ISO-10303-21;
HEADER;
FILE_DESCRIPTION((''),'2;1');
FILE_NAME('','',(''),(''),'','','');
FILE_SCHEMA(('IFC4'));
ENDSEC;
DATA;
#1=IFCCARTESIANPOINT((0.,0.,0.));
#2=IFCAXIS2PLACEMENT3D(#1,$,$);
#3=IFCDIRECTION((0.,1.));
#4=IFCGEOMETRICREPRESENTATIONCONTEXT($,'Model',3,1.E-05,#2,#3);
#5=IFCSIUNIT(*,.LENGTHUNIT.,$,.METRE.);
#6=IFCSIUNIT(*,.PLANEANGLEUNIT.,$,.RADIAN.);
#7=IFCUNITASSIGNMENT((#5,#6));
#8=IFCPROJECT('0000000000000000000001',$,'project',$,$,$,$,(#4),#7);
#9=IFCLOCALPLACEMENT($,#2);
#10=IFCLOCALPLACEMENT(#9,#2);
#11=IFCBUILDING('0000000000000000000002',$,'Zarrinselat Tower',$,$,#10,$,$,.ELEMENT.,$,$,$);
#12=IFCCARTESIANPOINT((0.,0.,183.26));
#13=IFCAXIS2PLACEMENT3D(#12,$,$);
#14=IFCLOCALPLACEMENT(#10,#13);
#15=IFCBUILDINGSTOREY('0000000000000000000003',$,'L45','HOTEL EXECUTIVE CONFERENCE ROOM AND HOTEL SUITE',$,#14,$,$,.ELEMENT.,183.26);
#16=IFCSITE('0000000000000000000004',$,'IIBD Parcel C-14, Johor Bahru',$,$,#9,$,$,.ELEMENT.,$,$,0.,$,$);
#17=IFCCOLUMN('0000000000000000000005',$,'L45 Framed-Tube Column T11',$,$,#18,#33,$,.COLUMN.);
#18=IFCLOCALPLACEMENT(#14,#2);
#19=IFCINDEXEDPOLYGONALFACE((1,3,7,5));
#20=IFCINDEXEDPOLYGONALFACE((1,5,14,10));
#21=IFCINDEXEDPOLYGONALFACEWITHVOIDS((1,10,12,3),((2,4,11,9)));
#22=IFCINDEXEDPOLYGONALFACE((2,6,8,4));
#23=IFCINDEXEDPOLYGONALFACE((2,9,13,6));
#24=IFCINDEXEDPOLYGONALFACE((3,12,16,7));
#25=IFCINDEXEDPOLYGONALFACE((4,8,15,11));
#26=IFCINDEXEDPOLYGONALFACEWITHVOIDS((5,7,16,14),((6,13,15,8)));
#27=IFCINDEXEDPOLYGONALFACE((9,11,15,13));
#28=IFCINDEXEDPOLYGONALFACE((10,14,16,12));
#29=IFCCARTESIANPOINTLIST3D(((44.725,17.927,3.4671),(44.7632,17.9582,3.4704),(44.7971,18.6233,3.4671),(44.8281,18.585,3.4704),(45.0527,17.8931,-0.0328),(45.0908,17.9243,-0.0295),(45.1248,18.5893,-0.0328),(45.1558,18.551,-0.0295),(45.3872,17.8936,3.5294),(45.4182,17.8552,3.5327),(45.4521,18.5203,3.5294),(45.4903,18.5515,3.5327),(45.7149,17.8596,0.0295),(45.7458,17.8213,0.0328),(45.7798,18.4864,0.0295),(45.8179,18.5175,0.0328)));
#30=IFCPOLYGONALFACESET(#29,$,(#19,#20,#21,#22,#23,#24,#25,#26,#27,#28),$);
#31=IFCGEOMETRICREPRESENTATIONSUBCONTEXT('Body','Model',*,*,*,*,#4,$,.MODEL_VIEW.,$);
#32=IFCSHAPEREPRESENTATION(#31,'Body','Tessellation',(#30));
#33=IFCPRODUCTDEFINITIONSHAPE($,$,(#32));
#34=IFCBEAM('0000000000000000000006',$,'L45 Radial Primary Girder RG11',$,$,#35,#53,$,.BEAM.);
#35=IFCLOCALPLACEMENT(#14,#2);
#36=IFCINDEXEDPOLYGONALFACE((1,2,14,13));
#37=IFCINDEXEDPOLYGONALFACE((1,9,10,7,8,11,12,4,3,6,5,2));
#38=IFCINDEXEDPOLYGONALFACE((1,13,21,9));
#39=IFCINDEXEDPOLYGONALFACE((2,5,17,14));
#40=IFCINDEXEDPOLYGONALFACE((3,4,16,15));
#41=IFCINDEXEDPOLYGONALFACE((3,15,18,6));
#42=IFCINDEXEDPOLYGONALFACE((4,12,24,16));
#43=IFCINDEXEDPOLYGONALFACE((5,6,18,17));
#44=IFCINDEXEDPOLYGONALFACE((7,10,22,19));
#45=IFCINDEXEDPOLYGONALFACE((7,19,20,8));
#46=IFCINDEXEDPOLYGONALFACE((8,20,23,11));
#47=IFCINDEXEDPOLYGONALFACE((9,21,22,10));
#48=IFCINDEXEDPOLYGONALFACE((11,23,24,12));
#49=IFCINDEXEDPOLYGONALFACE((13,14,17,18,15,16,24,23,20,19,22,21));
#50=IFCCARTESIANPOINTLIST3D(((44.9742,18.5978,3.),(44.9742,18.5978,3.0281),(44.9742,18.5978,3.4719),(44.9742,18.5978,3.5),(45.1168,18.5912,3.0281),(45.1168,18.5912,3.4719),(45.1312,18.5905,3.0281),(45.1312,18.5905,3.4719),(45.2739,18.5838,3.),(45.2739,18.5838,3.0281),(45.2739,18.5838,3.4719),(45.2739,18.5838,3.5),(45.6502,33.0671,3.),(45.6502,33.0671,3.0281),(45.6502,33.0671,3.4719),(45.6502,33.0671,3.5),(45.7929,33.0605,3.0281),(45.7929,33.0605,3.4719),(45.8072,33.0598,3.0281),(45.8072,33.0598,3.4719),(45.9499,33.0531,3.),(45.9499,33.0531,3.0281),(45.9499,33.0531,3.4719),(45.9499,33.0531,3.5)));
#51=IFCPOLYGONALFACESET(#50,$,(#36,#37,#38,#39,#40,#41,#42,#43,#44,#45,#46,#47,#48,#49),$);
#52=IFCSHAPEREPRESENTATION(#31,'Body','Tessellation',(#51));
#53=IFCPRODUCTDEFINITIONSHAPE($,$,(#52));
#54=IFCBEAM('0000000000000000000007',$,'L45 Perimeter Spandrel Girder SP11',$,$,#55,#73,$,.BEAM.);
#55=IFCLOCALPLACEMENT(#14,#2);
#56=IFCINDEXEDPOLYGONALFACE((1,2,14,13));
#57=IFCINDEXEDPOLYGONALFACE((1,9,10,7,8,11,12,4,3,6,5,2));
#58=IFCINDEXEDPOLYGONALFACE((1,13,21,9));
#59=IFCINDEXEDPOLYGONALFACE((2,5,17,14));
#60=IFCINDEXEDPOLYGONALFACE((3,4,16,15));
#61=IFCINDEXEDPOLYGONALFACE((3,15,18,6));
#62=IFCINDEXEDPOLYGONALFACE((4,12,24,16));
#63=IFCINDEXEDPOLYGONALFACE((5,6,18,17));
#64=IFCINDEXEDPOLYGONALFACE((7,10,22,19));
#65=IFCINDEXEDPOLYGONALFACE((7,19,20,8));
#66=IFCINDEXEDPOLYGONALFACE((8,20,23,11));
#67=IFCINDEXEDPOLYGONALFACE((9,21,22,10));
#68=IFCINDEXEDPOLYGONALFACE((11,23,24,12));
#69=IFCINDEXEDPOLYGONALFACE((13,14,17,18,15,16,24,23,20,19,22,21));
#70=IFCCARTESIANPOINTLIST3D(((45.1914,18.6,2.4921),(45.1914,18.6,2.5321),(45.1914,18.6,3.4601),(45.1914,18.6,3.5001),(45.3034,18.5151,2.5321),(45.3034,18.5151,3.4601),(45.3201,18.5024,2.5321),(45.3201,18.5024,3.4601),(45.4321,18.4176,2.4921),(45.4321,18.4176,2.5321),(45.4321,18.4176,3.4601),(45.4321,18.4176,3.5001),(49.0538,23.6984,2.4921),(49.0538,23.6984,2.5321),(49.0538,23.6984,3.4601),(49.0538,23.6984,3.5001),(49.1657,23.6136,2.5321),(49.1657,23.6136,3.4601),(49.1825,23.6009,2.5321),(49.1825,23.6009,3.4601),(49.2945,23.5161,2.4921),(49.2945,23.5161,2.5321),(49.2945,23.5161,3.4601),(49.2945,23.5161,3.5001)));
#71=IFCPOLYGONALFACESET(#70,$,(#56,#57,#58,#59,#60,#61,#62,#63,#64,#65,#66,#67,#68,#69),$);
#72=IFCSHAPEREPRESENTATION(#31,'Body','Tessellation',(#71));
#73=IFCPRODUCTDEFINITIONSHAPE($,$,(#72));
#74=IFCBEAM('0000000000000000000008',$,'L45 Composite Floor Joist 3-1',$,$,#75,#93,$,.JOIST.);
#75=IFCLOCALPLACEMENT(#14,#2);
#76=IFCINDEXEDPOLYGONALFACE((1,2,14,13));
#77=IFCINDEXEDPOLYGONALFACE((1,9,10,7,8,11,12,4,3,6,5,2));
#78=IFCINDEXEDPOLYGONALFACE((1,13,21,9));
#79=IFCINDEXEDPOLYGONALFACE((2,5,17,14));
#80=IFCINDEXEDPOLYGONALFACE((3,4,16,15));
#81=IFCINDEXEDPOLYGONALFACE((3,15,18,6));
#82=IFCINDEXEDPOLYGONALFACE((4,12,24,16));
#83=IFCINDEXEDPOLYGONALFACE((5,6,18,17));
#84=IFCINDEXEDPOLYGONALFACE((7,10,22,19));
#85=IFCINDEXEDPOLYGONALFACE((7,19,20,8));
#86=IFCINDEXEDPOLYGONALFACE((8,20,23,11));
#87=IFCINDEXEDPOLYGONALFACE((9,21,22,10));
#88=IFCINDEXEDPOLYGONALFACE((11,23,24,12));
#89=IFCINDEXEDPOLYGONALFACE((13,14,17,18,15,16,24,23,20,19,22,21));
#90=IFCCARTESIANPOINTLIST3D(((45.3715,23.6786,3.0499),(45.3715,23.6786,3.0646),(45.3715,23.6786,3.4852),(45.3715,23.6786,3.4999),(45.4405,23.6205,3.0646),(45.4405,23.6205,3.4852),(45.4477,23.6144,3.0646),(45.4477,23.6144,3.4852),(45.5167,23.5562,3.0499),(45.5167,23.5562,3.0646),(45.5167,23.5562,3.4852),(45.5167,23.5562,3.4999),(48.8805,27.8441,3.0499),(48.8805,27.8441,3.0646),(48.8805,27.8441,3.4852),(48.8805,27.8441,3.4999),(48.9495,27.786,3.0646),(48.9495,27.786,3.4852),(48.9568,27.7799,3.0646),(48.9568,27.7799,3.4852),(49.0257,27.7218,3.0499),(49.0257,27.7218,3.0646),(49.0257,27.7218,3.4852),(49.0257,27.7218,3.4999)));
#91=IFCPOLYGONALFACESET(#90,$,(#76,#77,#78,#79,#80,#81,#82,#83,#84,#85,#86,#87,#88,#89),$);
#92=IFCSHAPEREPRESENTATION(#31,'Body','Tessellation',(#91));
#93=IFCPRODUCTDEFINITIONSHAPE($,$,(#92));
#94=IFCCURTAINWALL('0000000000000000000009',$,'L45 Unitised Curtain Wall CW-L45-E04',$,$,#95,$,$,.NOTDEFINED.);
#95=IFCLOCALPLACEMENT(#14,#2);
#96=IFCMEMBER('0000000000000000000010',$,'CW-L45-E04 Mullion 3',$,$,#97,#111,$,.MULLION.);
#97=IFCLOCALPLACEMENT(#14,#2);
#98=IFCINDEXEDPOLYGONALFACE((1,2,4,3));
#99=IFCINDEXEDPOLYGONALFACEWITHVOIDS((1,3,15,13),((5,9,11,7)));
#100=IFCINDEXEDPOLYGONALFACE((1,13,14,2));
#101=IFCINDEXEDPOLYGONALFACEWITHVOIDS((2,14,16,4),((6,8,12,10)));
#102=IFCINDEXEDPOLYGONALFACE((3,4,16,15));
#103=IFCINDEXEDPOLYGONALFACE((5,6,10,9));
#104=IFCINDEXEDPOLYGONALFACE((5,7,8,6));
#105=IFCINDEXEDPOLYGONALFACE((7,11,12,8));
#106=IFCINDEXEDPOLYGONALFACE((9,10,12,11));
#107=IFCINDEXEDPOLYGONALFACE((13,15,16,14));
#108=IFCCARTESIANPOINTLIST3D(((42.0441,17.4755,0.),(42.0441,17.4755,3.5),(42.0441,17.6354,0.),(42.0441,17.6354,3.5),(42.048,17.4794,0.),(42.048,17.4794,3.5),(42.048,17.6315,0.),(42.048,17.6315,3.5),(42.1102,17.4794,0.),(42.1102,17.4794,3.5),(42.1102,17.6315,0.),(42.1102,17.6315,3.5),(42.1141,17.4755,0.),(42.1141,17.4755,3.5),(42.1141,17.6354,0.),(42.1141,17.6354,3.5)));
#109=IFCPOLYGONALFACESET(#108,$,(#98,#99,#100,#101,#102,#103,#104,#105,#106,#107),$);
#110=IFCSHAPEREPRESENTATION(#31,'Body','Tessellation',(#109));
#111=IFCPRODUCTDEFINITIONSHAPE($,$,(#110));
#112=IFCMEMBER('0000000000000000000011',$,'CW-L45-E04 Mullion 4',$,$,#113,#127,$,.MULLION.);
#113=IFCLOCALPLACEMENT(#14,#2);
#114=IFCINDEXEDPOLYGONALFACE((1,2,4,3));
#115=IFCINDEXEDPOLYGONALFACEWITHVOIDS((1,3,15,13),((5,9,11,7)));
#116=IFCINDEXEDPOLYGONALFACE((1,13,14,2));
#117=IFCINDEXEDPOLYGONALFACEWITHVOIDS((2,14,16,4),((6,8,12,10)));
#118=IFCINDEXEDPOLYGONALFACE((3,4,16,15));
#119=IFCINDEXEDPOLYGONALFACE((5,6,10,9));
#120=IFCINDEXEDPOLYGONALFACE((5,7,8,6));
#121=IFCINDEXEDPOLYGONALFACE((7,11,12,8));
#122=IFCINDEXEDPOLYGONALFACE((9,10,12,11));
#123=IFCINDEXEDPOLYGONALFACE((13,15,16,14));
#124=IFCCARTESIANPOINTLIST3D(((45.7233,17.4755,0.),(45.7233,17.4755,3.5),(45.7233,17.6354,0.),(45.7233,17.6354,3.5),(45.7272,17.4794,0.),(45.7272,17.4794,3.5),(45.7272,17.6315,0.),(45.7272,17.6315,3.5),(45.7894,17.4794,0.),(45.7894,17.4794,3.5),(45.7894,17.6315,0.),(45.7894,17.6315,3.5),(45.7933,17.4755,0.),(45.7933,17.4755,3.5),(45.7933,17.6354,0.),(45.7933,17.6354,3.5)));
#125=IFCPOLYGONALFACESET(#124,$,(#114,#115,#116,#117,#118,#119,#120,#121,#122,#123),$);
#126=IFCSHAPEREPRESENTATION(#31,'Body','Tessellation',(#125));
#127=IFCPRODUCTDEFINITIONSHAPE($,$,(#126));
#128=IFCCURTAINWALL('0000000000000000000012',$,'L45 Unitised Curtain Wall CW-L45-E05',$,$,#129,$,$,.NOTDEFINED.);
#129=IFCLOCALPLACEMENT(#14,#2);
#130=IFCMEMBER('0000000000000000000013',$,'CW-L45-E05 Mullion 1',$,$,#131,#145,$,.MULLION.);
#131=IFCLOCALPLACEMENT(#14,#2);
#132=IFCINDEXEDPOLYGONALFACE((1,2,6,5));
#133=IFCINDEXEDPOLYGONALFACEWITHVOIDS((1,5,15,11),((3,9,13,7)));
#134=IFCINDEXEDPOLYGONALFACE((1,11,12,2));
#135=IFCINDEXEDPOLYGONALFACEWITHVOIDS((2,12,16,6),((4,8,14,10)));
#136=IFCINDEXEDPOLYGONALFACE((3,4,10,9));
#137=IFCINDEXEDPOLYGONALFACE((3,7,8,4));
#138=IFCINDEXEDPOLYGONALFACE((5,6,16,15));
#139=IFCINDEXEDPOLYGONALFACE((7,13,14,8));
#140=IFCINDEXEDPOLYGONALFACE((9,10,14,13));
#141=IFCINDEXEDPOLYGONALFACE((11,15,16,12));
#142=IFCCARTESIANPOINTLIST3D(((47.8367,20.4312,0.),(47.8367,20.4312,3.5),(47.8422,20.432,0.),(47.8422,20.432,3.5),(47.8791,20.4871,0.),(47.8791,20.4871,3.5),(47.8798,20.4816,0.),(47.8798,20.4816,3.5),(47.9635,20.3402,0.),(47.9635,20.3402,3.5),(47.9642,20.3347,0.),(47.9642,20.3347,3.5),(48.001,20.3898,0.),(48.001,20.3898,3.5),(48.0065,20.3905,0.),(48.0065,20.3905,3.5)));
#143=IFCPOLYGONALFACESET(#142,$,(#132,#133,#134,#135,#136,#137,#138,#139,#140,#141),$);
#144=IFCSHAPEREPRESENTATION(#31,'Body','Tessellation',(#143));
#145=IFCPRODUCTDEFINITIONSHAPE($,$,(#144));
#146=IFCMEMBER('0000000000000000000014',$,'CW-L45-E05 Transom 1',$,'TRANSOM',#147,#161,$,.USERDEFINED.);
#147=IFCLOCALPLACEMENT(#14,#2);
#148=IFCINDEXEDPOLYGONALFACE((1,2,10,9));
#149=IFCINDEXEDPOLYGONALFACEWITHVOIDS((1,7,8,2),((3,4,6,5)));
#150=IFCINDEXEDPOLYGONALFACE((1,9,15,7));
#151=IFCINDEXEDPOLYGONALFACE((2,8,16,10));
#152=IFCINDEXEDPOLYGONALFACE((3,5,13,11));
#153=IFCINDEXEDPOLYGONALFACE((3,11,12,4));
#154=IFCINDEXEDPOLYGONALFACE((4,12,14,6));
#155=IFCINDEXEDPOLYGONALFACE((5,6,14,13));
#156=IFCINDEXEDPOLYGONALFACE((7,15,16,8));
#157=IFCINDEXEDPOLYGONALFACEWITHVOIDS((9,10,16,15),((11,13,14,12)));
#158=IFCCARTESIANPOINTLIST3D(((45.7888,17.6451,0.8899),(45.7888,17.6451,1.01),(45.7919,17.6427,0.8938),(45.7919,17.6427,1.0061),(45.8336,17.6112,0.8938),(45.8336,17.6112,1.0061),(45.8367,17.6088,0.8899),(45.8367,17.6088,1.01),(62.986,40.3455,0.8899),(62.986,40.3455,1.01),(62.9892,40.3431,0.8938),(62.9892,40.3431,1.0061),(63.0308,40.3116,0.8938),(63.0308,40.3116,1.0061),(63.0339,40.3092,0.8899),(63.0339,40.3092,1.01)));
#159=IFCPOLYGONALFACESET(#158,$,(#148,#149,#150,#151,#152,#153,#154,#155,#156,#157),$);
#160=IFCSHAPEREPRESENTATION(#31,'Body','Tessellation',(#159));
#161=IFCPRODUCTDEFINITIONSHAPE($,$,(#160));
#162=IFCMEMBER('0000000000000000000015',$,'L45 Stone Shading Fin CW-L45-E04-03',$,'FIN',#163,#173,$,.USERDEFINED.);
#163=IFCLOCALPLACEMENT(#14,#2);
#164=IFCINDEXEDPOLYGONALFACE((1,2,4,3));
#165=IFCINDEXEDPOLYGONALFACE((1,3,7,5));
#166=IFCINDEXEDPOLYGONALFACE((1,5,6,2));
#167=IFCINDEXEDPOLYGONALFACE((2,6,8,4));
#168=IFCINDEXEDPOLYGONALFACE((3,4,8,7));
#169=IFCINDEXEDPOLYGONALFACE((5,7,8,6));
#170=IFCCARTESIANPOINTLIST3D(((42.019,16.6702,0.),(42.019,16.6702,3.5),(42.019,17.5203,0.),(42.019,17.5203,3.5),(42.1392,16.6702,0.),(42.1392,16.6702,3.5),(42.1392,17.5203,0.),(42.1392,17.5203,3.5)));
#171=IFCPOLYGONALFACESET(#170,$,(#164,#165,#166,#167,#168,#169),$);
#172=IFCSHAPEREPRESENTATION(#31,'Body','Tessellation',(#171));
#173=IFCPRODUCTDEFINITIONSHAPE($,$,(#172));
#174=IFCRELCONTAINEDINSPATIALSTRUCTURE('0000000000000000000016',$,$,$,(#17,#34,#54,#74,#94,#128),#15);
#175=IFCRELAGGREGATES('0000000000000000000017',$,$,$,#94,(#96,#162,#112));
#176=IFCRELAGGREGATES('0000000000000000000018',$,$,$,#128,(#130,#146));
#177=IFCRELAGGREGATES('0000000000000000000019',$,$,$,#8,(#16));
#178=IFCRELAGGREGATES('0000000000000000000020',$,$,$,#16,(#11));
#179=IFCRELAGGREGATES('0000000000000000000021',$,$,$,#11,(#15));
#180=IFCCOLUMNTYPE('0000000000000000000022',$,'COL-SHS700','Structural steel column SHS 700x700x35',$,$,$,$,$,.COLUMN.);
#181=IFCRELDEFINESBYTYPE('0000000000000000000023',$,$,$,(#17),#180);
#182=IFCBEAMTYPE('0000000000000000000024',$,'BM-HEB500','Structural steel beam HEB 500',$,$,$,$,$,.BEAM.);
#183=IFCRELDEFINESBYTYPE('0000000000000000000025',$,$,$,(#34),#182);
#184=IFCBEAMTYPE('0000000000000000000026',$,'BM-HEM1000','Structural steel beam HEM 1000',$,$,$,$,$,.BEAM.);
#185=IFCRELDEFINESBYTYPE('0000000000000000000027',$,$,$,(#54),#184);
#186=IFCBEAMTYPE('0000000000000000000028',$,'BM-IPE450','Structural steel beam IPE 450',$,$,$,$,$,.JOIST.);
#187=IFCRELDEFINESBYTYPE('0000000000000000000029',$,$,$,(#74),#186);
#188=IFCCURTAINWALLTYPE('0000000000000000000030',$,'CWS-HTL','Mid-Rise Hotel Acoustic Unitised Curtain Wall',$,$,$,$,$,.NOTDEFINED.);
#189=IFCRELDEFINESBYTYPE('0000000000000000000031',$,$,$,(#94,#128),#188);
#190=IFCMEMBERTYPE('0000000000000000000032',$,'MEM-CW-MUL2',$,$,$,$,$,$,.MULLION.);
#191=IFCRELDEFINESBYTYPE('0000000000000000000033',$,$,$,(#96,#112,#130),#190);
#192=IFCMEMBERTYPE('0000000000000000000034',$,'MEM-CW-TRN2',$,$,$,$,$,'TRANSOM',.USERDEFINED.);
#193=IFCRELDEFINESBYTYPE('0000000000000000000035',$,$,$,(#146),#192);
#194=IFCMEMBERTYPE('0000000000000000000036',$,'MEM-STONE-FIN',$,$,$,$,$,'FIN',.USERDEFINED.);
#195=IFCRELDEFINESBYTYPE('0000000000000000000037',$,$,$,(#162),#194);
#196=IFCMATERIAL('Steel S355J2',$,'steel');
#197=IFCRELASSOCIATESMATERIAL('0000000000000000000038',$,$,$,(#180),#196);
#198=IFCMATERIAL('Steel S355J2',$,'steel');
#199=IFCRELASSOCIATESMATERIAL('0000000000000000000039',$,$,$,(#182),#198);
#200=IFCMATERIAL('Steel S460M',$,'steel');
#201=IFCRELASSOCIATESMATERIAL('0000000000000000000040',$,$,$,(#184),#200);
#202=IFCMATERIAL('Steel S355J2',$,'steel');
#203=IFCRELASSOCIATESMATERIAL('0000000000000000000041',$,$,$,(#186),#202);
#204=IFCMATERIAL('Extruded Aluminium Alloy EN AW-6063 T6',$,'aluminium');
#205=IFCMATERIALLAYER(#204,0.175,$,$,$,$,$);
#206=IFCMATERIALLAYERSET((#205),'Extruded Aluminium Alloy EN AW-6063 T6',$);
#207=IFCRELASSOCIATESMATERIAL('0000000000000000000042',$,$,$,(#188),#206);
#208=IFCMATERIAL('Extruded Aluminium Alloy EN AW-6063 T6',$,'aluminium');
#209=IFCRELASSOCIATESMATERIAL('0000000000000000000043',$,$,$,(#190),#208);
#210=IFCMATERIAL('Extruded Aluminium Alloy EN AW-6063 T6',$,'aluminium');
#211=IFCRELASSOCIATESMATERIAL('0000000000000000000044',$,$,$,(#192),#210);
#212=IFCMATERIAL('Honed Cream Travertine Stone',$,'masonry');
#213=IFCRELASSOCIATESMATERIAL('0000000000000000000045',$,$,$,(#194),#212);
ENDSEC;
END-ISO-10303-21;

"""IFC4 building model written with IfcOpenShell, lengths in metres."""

from ifc_helpers import new_model, si_unit, direction, frame, origin, origin_2d, place, context, subcontext, project, spatial, rectangle, hollow_rectangle, i_section, extrude, material, layer, layer_set, material_profile, profile_set, type_object, element, aggregate, save


model = new_model("IFC4")

# Units and contexts
model_context = context("Model", 3, precision=1e-05, world=origin(), true_north=direction((0.0, 1.0)))
body_context = subcontext(model_context, "Body", "Model", "MODEL_VIEW")
ifc_project = project(units=[si_unit("LENGTHUNIT", "METRE"), si_unit("PLANEANGLEUNIT", "RADIAN")], contexts=[model_context])

# Site, building, storey
site_placement = place(None, origin())
site = spatial("IfcSite", under=ifc_project, at=site_placement, Name="IIBD Parcel C-14, Johor Bahru", CompositionType="ELEMENT", RefElevation=0.0)
building_placement = place(site_placement, origin())
building = spatial("IfcBuilding", under=site, at=building_placement, Name="Zarrinselat Tower", CompositionType="ELEMENT")
storey_placement = place(building_placement, frame((0.0, 0.0, 183.26)))
storey = spatial("IfcBuildingStorey", under=building, at=storey_placement, Name="L45", Description="HOTEL EXECUTIVE CONFERENCE ROOM AND HOTEL SUITE", CompositionType="ELEMENT", Elevation=183.26)

# Column
ifc_material_1 = material(Name="Steel S355J2", Category="steel")
ifc_material_profile_1 = material_profile(ifc_material_1, hollow_rectangle(XDim=0.7, YDim=0.7, WallThickness=0.0349, at=origin_2d()), Name="SHS 700x700x35")
ifc_profile_set_1 = profile_set([ifc_material_profile_1], Name="Steel S355J2")
column_type = type_object("IfcColumnType", Name="COL-SHS700", Description="Structural steel column SHS 700x700x35", PredefinedType="COLUMN", material=ifc_profile_set_1)
column_placement = place(storey_placement, frame((45.4353, 18.2053, 0.0), z_axis=(-0.093199, 0.009653, 0.995601), x_axis=(-0.103026, -0.994679, 0.0)))
element("IfcColumn", 1, at=column_placement, inside=storey, type_object=column_type, Name="L45 Framed-Tube Column T11", PredefinedType="COLUMN", context=body_context, shape_type="SweptSolid", body=[
    extrude(hollow_rectangle(XDim=0.7, YDim=0.7, WallThickness=0.0349, at=origin_2d()), origin(), (0.0, 0.0, 1.0), 3.5154),
])

# Beams
ifc_material_2 = material(Name="Steel S355J2", Category="steel")
ifc_material_profile_2 = material_profile(ifc_material_2, i_section(OverallWidth=0.3, OverallDepth=0.5, WebThickness=0.0144, FlangeThickness=0.0281, at=origin_2d()), Name="HEB 500")
ifc_profile_set_2 = profile_set([ifc_material_profile_2], Name="Steel S355J2")
beam_type_1 = type_object("IfcBeamType", Name="BM-HEB500", Description="Structural steel beam HEB 500", PredefinedType="BEAM", material=ifc_profile_set_2)
beam_1_placement = place(storey_placement, frame((45.124, 18.5908, 3.25), z_axis=(0.046671, 0.99891, 0.0), x_axis=(-0.99891, 0.046671, 0.0)))
element("IfcBeam", 2, at=beam_1_placement, inside=storey, type_object=beam_type_1, Name="L45 Radial Primary Girder RG11", PredefinedType="BEAM", context=body_context, shape_type="SweptSolid", body=[
    extrude(i_section(OverallWidth=0.3, OverallDepth=0.5, WebThickness=0.0144, FlangeThickness=0.0281, at=origin_2d()), origin(), (0.0, 0.0, 1.0), 14.4851),
])
ifc_material_3 = material(Name="Steel S460M", Category="steel")
ifc_material_profile_3 = material_profile(ifc_material_3, i_section(OverallWidth=0.302, OverallDepth=1.0081, WebThickness=0.021, FlangeThickness=0.04, at=origin_2d()), Name="HEM 1000")
ifc_profile_set_3 = profile_set([ifc_material_profile_3], Name="Steel S460M")
beam_type_2 = type_object("IfcBeamType", Name="BM-HEM1000", Description="Structural steel beam HEM 1000", PredefinedType="BEAM", material=ifc_profile_set_3)
beam_2_placement = place(storey_placement, frame((45.3118, 18.5088, 2.9961), z_axis=(0.603847, 0.7971, 0.0), x_axis=(-0.7971, 0.603847, 0.0)))
element("IfcBeam", 3, at=beam_2_placement, inside=storey, type_object=beam_type_2, Name="L45 Perimeter Spandrel Girder SP11", PredefinedType="BEAM", context=body_context, shape_type="SweptSolid", body=[
    extrude(i_section(OverallWidth=0.302, OverallDepth=1.0081, WebThickness=0.021, FlangeThickness=0.04, at=origin_2d()), origin(), (0.0, 0.0, 1.0), 6.3962),
])
ifc_material_4 = material(Name="Steel S355J2", Category="steel")
ifc_material_profile_4 = material_profile(ifc_material_4, i_section(OverallWidth=0.1899, OverallDepth=0.45, WebThickness=0.0095, FlangeThickness=0.0146, at=origin_2d()), Name="IPE 450")
ifc_profile_set_4 = profile_set([ifc_material_profile_4], Name="Steel S355J2")
beam_type_3 = type_object("IfcBeamType", Name="BM-IPE450", Description="Structural steel beam IPE 450", PredefinedType="JOIST", material=ifc_profile_set_4)
beam_3_placement = place(storey_placement, frame((45.4441, 23.6174, 3.2749), z_axis=(0.644267, 0.764801, 0.0), x_axis=(-0.764801, 0.644267, 0.0)))
element("IfcBeam", 4, at=beam_3_placement, inside=storey, type_object=beam_type_3, Name="L45 Composite Floor Joist 3-1", PredefinedType="JOIST", context=body_context, shape_type="SweptSolid", body=[
    extrude(i_section(OverallWidth=0.1899, OverallDepth=0.45, WebThickness=0.0095, FlangeThickness=0.0146, at=origin_2d()), origin(), (0.0, 0.0, 1.0), 5.4465),
])

# Curtain walls, members
ifc_material_5 = material(Name="Extruded Aluminium Alloy EN AW-6063 T6", Category="aluminium")
ifc_layer_1 = layer(ifc_material_5, 0.175)
ifc_layer_set_1 = layer_set([ifc_layer_1], Name="Extruded Aluminium Alloy EN AW-6063 T6")
curtain_wall_type = type_object("IfcCurtainWallType", Name="CWS-HTL", Description="Mid-Rise Hotel Acoustic Unitised Curtain Wall", PredefinedType="NOTDEFINED", material=ifc_layer_set_1)
curtain_wall_1_placement = place(storey_placement, origin())
curtain_wall_1 = element("IfcCurtainWall", 5, at=curtain_wall_1_placement, inside=storey, type_object=curtain_wall_type, Name="L45 Unitised Curtain Wall CW-L45-E04", PredefinedType="NOTDEFINED")
ifc_material_6 = material(Name="Extruded Aluminium Alloy EN AW-6063 T6", Category="aluminium")
ifc_material_profile_5 = material_profile(ifc_material_6, hollow_rectangle(XDim=0.0701, YDim=0.1599, WallThickness=0.0039, at=origin_2d()), Name="RHS 160x70x4")
ifc_profile_set_5 = profile_set([ifc_material_profile_5], Name="Extruded Aluminium Alloy EN AW-6063 T6")
member_type_1 = type_object("IfcMemberType", Name="MEM-CW-MUL2", PredefinedType="MULLION", material=ifc_profile_set_5)
member_1_placement = place(storey_placement, frame((42.0791, 17.5554, 0.0), z_axis=(0.0, 0.0, 1.0), x_axis=(1.0, 0.0, 0.0)))
member_1 = element("IfcMember", 6, at=member_1_placement, type_object=member_type_1, Name="CW-L45-E04 Mullion 3", PredefinedType="MULLION", context=body_context, shape_type="SweptSolid", body=[
    extrude(hollow_rectangle(XDim=0.0701, YDim=0.1599, WallThickness=0.0039, at=origin_2d()), origin(), (0.0, 0.0, 1.0), 3.5),
])
member_2_placement = place(storey_placement, frame((45.7583, 17.5554, 0.0), z_axis=(0.0, 0.0, 1.0), x_axis=(1.0, 0.0, 0.0)))
member_2 = element("IfcMember", 7, at=member_2_placement, type_object=member_type_1, Name="CW-L45-E04 Mullion 4", PredefinedType="MULLION", context=body_context, shape_type="SweptSolid", body=[
    extrude(hollow_rectangle(XDim=0.0701, YDim=0.1599, WallThickness=0.0039, at=origin_2d()), origin(), (0.0, 0.0, 1.0), 3.5),
])
curtain_wall_2_placement = place(storey_placement, origin())
curtain_wall_2 = element("IfcCurtainWall", 8, at=curtain_wall_2_placement, inside=storey, type_object=curtain_wall_type, Name="L45 Unitised Curtain Wall CW-L45-E05", PredefinedType="NOTDEFINED")
member_3_placement = place(storey_placement, frame((47.9216, 20.4109, 0.0), z_axis=(0.0, 0.0, 1.0), x_axis=(0.603859, 0.797091, 0.0)))
member_3 = element("IfcMember", 9, at=member_3_placement, type_object=member_type_1, Name="CW-L45-E05 Mullion 1", PredefinedType="MULLION", context=body_context, shape_type="SweptSolid", body=[
    extrude(hollow_rectangle(XDim=0.0701, YDim=0.1599, WallThickness=0.0039, at=origin_2d()), origin(), (0.0, 0.0, 1.0), 3.5),
])
ifc_material_7 = material(Name="Extruded Aluminium Alloy EN AW-6063 T6", Category="aluminium")
ifc_material_profile_6 = material_profile(ifc_material_7, hollow_rectangle(XDim=0.0601, YDim=0.1201, WallThickness=0.0039, at=origin_2d()), Name="RHS 120x60x4")
ifc_profile_set_6 = profile_set([ifc_material_profile_6], Name="Extruded Aluminium Alloy EN AW-6063 T6")
member_type_2 = type_object("IfcMemberType", Name="MEM-CW-TRN2", ElementType="TRANSOM", PredefinedType="USERDEFINED", material=ifc_profile_set_6)
member_4_placement = place(storey_placement, frame((45.8127, 17.627, 0.95), z_axis=(0.603857, 0.797093, 0.0), x_axis=(-0.797093, 0.603857, 0.0)))
member_4 = element("IfcMember", 10, at=member_4_placement, type_object=member_type_2, Name="CW-L45-E05 Transom 1", ObjectType="TRANSOM", PredefinedType="USERDEFINED", context=body_context, shape_type="SweptSolid", body=[
    extrude(hollow_rectangle(XDim=0.0601, YDim=0.1201, WallThickness=0.0039, at=origin_2d()), origin(), (0.0, 0.0, 1.0), 28.479),
])

# Member
ifc_material_8 = material(Name="Honed Cream Travertine Stone", Category="masonry")
ifc_material_profile_7 = material_profile(ifc_material_8, rectangle(XDim=0.1201, YDim=0.8501, at=origin_2d()), Name="FIN 850x120")
ifc_profile_set_7 = profile_set([ifc_material_profile_7], Name="Honed Cream Travertine Stone")
member_type_3 = type_object("IfcMemberType", Name="MEM-STONE-FIN", ElementType="FIN", PredefinedType="USERDEFINED", material=ifc_profile_set_7)
member_5_placement = place(storey_placement, frame((42.0791, 17.0952, 0.0), z_axis=(0.0, 0.0, 1.0), x_axis=(-1.0, 0.0, 0.0)))
member_5 = element("IfcMember", 11, at=member_5_placement, type_object=member_type_3, Name="L45 Stone Shading Fin CW-L45-E04-03", ObjectType="FIN", PredefinedType="USERDEFINED", context=body_context, shape_type="SweptSolid", body=[
    extrude(rectangle(XDim=0.1201, YDim=0.8501, at=origin_2d()), origin(), (0.0, 0.0, 1.0), 3.5),
])

aggregate(curtain_wall_1, [member_1, member_5, member_2])
aggregate(curtain_wall_2, [member_3, member_4])

save(model, "model.ifc")
